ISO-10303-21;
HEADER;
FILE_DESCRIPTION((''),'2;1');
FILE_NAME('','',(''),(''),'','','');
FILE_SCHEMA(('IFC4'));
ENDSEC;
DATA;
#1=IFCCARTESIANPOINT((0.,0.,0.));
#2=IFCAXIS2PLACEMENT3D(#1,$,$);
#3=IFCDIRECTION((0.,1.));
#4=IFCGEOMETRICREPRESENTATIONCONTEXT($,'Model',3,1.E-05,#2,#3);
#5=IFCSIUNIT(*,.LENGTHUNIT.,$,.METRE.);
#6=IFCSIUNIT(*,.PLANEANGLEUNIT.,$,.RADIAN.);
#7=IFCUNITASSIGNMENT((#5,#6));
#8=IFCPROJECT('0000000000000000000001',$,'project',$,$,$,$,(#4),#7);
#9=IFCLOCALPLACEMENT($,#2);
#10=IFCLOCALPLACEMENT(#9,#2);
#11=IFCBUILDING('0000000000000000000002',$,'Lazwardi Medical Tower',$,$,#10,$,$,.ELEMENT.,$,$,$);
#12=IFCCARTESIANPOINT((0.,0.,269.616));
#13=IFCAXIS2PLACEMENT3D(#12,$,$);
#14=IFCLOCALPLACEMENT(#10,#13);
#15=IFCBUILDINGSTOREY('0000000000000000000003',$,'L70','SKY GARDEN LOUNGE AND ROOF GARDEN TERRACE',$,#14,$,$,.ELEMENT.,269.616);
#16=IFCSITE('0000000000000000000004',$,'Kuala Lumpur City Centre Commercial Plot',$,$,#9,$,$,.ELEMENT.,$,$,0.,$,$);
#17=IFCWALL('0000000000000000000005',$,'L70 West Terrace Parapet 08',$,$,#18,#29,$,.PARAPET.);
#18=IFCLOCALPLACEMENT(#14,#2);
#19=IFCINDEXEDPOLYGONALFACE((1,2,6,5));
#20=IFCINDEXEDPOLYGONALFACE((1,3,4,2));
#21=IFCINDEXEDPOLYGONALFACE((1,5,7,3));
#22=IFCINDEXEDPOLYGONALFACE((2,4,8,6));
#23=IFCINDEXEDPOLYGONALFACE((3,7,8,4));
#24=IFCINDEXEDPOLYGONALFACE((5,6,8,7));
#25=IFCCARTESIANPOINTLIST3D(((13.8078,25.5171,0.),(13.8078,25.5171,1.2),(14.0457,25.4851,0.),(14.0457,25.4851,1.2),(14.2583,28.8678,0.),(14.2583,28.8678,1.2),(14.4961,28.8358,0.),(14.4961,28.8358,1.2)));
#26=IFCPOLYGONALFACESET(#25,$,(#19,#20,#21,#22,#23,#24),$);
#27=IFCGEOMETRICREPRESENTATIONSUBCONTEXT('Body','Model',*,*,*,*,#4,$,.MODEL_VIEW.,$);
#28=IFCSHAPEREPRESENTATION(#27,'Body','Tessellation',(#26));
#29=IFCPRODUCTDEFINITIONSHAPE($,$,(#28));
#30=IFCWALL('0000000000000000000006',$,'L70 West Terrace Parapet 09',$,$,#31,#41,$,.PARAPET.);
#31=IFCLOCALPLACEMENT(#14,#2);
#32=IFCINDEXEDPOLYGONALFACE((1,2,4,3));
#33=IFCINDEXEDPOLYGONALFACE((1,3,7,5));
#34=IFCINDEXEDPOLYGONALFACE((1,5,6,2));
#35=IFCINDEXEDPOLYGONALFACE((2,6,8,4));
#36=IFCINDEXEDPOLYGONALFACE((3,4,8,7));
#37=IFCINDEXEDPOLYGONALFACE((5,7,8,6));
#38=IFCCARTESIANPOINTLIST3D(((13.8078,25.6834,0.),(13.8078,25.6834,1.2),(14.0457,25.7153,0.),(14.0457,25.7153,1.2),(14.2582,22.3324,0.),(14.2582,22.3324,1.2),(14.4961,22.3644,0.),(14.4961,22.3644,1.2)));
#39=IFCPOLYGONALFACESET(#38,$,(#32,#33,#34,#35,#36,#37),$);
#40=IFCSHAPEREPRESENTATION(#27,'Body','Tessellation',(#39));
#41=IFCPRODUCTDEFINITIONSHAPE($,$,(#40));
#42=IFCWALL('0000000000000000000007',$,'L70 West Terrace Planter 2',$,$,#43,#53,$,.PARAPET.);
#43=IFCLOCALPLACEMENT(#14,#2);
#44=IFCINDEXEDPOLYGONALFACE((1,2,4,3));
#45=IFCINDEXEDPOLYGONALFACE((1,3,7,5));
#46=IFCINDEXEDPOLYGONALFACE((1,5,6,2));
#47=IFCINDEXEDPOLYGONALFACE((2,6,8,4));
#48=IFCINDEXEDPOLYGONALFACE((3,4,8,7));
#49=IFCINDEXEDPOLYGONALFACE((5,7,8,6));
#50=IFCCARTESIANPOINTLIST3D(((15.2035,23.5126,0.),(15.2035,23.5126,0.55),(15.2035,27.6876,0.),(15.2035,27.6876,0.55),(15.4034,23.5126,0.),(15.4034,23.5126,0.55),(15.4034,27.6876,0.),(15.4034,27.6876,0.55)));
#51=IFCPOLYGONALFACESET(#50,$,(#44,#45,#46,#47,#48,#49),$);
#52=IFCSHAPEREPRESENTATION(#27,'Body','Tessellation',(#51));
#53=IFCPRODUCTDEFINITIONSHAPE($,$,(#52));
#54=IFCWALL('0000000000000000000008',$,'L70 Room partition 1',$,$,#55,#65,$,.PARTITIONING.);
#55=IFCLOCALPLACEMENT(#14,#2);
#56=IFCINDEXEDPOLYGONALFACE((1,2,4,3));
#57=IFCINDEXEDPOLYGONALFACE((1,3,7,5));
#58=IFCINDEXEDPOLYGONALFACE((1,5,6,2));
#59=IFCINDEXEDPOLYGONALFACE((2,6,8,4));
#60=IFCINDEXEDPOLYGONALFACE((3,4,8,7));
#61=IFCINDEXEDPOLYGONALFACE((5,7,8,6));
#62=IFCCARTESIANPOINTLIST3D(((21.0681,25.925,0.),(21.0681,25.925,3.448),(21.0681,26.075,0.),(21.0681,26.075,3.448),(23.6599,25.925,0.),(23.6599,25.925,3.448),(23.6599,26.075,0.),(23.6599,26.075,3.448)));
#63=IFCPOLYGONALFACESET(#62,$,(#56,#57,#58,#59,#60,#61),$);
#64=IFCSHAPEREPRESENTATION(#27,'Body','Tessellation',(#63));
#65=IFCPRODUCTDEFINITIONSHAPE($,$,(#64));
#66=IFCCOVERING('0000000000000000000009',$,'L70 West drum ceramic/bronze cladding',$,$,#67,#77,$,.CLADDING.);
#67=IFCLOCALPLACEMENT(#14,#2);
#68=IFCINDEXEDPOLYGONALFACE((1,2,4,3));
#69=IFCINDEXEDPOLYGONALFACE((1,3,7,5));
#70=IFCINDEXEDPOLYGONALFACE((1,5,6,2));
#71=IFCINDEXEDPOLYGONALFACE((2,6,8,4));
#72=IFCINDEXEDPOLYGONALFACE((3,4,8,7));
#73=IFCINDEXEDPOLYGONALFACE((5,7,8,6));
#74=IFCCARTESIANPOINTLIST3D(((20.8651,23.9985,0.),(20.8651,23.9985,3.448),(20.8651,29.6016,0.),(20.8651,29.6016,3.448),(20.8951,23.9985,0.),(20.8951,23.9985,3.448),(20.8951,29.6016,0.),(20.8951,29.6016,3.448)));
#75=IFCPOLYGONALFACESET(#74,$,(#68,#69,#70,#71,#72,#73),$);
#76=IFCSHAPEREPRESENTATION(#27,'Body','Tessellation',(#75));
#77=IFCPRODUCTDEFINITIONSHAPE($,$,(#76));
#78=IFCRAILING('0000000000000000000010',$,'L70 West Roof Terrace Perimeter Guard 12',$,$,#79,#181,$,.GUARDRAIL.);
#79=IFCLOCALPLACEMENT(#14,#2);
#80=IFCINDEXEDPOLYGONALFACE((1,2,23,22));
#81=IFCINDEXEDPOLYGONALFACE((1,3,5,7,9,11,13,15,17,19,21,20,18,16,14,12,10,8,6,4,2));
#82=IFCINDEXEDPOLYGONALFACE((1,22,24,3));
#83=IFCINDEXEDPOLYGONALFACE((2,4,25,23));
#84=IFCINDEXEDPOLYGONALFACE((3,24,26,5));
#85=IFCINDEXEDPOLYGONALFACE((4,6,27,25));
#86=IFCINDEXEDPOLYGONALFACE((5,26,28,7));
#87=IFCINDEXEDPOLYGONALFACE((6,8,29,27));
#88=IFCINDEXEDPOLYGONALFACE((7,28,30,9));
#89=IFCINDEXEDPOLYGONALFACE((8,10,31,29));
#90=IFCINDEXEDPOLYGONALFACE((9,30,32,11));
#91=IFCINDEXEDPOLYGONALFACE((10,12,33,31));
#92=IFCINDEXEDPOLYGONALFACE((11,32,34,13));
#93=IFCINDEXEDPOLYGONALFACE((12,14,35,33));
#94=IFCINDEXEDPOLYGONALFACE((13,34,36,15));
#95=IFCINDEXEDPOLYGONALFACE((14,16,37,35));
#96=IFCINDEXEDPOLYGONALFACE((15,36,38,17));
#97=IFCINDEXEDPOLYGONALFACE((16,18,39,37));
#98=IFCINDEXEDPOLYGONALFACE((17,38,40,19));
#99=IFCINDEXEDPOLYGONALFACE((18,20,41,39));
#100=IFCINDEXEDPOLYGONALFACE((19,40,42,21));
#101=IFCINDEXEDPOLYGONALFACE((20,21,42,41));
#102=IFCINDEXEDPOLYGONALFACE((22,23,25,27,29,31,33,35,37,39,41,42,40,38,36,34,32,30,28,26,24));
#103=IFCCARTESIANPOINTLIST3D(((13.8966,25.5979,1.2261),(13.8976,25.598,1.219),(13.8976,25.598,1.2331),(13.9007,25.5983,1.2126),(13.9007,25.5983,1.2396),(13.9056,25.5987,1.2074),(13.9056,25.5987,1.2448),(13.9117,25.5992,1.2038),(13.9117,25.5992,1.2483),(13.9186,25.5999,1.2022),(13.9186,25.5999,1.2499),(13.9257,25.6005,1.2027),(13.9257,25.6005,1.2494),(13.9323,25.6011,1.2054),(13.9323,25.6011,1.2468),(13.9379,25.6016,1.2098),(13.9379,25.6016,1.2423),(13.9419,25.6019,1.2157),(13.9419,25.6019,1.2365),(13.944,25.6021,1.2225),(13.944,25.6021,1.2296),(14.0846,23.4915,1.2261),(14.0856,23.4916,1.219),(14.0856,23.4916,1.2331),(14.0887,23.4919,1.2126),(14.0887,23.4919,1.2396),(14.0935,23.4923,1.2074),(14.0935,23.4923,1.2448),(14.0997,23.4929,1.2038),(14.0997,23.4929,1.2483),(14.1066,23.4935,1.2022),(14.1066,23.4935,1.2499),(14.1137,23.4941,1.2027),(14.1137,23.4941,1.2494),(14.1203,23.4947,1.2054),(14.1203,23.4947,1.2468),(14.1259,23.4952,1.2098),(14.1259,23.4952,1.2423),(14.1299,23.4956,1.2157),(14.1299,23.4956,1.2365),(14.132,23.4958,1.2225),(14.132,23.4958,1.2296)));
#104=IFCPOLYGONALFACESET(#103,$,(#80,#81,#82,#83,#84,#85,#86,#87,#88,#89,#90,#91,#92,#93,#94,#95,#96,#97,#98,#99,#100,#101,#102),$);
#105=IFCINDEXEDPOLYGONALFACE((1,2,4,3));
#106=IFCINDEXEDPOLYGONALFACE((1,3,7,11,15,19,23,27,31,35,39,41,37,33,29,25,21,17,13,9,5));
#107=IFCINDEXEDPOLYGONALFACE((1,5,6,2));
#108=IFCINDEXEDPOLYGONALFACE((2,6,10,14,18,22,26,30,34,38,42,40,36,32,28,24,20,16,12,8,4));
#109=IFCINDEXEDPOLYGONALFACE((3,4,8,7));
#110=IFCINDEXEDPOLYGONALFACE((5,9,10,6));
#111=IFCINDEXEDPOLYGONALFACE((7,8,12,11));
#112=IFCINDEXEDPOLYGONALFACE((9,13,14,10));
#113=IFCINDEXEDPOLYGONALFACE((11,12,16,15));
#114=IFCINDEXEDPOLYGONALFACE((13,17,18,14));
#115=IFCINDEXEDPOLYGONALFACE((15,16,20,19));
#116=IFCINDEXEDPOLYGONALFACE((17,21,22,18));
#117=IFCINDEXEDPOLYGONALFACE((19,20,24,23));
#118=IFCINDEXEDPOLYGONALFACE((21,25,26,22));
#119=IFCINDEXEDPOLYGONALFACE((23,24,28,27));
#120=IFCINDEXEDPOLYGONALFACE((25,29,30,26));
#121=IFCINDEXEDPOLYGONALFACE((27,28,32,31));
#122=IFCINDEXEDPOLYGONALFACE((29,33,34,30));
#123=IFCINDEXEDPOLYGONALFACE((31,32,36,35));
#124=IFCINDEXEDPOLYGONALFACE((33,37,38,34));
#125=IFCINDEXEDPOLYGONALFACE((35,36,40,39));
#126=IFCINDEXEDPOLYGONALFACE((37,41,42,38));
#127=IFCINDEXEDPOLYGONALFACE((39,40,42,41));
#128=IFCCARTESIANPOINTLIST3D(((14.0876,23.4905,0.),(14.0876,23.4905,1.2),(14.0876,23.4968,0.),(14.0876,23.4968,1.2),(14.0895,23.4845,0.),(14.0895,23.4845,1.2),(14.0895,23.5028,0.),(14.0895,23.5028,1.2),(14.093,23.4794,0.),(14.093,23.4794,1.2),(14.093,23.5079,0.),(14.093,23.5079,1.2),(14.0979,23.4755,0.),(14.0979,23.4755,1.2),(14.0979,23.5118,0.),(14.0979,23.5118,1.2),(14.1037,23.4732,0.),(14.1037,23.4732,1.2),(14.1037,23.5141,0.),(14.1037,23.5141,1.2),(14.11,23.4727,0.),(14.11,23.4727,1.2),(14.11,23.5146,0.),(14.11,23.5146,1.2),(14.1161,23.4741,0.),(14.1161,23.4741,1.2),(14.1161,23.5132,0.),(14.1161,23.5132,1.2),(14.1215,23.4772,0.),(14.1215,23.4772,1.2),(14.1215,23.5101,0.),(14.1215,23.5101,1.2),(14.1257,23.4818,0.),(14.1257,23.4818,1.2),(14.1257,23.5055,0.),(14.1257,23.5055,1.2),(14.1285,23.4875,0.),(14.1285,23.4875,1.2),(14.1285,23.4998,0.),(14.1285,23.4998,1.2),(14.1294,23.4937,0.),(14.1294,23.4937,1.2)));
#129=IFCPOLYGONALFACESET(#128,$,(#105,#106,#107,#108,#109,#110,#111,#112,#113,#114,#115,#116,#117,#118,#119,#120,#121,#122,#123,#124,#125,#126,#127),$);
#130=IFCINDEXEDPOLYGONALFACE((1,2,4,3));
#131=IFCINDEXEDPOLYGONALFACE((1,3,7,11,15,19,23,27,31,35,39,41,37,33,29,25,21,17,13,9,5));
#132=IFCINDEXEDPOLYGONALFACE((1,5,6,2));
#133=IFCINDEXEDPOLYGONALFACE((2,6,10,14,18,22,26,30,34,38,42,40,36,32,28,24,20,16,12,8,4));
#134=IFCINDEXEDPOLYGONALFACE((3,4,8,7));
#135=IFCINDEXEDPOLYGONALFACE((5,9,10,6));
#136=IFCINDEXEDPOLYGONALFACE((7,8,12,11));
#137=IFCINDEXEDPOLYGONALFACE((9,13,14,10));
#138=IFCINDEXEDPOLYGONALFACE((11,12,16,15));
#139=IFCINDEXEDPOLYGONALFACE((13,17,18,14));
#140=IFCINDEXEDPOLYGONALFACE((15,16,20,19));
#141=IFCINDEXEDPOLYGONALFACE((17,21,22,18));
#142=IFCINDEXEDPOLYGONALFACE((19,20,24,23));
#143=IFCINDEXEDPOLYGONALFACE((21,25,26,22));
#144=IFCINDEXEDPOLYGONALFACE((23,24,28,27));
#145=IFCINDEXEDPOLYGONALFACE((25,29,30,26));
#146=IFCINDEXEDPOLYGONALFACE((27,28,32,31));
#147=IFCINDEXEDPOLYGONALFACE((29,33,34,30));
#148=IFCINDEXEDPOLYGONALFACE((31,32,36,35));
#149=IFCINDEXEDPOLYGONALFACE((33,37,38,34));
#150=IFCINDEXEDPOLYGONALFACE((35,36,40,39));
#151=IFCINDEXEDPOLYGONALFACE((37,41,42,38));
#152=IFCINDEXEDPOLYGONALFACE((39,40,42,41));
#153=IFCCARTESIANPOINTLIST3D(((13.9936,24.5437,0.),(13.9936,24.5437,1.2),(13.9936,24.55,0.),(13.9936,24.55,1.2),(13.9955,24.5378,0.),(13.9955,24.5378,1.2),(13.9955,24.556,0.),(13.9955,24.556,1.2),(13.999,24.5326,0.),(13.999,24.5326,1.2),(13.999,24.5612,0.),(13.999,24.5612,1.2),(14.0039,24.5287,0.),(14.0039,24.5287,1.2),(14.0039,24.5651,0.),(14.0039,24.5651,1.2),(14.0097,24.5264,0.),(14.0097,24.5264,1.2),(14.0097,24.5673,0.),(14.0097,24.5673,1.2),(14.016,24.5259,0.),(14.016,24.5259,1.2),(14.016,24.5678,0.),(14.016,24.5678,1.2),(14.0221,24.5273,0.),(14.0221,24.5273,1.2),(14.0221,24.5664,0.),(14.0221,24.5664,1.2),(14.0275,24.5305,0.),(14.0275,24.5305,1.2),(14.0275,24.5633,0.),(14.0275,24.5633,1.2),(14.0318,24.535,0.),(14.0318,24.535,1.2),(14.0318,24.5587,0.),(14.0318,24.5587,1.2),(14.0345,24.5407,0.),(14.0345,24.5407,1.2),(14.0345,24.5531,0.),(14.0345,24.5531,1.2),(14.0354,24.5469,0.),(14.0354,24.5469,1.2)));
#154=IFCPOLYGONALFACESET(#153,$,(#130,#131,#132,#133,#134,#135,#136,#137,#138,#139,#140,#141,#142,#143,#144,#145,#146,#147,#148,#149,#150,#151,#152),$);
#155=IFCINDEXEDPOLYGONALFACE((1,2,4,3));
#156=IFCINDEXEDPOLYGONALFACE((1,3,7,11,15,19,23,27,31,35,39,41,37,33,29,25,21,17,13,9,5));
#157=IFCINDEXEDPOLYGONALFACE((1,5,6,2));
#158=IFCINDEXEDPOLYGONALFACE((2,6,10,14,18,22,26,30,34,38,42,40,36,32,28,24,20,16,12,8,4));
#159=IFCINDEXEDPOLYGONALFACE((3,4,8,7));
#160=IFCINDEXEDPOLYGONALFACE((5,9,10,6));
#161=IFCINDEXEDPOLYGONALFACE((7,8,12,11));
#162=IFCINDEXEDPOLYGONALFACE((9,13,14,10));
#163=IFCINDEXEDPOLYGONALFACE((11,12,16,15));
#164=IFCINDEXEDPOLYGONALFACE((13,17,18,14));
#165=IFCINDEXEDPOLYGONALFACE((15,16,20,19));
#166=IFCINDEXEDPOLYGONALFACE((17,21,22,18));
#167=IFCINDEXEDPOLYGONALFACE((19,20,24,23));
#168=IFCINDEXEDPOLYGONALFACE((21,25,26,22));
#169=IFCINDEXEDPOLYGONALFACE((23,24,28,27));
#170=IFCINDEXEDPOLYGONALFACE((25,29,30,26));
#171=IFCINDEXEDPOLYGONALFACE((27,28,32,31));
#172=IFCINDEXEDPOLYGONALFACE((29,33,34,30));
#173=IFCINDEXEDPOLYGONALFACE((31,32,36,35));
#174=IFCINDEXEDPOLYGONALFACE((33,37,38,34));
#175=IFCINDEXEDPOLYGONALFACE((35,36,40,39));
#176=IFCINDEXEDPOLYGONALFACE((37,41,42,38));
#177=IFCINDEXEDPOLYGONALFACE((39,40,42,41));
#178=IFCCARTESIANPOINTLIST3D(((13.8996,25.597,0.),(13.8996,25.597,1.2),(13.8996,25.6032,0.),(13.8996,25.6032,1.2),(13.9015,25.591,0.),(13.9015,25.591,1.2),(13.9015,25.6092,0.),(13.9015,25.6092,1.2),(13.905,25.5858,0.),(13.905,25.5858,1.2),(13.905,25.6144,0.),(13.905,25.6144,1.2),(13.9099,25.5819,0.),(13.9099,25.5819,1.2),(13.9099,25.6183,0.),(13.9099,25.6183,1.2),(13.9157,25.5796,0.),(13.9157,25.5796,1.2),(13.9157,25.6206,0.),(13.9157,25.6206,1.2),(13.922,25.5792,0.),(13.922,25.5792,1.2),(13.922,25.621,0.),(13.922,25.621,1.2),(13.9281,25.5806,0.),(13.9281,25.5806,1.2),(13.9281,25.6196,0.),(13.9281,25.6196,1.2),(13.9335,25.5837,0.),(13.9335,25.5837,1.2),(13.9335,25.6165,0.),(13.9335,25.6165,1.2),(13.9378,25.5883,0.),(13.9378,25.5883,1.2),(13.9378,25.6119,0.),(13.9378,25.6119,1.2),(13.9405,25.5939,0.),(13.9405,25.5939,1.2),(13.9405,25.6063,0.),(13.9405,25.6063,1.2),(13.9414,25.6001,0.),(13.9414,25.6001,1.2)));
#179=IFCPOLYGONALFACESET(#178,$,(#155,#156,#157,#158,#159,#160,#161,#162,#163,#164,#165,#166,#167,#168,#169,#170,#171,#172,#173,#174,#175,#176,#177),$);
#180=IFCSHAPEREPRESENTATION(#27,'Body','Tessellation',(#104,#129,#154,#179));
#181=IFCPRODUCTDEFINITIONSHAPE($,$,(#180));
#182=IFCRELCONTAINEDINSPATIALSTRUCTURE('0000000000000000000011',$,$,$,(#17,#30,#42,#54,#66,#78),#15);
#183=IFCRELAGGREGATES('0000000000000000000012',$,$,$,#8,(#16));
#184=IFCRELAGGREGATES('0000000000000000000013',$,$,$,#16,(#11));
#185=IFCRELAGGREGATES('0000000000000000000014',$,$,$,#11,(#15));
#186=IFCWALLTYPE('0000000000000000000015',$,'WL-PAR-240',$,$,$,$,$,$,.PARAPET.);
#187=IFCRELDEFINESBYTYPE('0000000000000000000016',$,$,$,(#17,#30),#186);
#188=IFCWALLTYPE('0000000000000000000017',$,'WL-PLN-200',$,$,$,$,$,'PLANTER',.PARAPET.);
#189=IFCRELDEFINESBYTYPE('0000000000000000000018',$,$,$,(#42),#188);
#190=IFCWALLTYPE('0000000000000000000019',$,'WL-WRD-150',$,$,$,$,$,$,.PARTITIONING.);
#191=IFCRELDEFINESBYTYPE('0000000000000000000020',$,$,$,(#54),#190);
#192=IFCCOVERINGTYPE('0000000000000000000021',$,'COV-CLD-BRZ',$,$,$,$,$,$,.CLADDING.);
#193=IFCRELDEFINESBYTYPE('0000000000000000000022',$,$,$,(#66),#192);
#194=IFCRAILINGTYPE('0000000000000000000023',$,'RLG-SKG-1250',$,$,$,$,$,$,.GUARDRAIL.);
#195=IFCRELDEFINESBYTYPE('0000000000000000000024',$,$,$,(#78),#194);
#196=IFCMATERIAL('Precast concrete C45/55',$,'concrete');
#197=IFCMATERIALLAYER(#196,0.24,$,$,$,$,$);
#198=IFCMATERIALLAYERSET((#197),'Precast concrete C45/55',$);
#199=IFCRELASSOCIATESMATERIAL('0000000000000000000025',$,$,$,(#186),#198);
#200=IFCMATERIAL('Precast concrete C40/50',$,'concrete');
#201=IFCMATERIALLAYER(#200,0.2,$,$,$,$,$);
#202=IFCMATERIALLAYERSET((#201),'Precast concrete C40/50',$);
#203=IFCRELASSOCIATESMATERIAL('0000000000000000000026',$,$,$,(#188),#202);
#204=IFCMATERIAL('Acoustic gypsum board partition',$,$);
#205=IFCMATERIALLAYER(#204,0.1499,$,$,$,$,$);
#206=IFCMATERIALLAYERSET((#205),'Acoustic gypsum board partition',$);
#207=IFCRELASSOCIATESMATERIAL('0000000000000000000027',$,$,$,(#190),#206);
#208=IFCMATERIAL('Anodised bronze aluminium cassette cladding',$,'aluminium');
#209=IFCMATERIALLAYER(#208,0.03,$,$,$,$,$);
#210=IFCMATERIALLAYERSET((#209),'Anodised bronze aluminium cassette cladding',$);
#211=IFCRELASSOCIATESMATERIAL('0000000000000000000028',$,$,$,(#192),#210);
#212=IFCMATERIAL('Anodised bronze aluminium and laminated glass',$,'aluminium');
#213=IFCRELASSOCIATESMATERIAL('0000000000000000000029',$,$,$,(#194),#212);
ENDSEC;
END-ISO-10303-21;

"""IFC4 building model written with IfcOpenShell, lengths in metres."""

from ifc_helpers import new_model, si_unit, direction, frame, frame_2d, origin, origin_2d, place, context, subcontext, project, spatial, rectangle, circle, extrude, material, layer, layer_set, type_object, element, save


model = new_model("IFC4")

# Units and contexts
model_context = context("Model", 3, precision=1e-05, world=origin(), true_north=direction((0.0, 1.0)))
body_context = subcontext(model_context, "Body", "Model", "MODEL_VIEW")
ifc_project = project(units=[si_unit("LENGTHUNIT", "METRE"), si_unit("PLANEANGLEUNIT", "RADIAN")], contexts=[model_context])

# Site, building, storey
site_placement = place(None, origin())
site = spatial("IfcSite", under=ifc_project, at=site_placement, Name="Kuala Lumpur City Centre Commercial Plot", CompositionType="ELEMENT", RefElevation=0.0)
building_placement = place(site_placement, origin())
building = spatial("IfcBuilding", under=site, at=building_placement, Name="Lazwardi Medical Tower", CompositionType="ELEMENT")
storey_placement = place(building_placement, frame((0.0, 0.0, 269.616)))
storey = spatial("IfcBuildingStorey", under=building, at=storey_placement, Name="L70", Description="SKY GARDEN LOUNGE AND ROOF GARDEN TERRACE", CompositionType="ELEMENT", Elevation=269.616)

# Shared definitions
ifc_material_1 = material(Name="Precast concrete C45/55", Category="concrete")

# Shared definitions
ifc_material_2 = material(Name="Anodised bronze aluminium and laminated glass", Category="aluminium")

# Walls
ifc_layer_1 = layer(ifc_material_1, 0.24)
ifc_layer_set_1 = layer_set([ifc_layer_1], Name="Precast concrete C45/55")
wall_type_1 = type_object("IfcWallType", Name="WL-PAR-240", PredefinedType="PARAPET", material=ifc_layer_set_1)
wall_1_placement = place(storey_placement, frame((14.3772, 28.8518, 0.0), z_axis=(0.0, 0.0, 1.0), x_axis=(-0.133228, -0.991085, 0.0)))
element("IfcWall", 1, at=wall_1_placement, inside=storey, type_object=wall_type_1, Name="L70 West Terrace Parapet 08", PredefinedType="PARAPET", context=body_context, shape_type="SweptSolid", body=[
    extrude(rectangle(XDim=3.3809, YDim=0.24, at=frame_2d((1.6904, 0.0))), origin(), (0.0, 0.0, 1.0), 1.2),
])
wall_2_placement = place(storey_placement, frame((13.9268, 25.6992, 0.0), z_axis=(0.0, 0.0, 1.0), x_axis=(0.133218, -0.991087, 0.0)))
element("IfcWall", 2, at=wall_2_placement, inside=storey, type_object=wall_type_1, Name="L70 West Terrace Parapet 09", PredefinedType="PARAPET", context=body_context, shape_type="SweptSolid", body=[
    extrude(rectangle(XDim=3.3811, YDim=0.24, at=frame_2d((1.6904, 0.0))), origin(), (0.0, 0.0, 1.0), 1.2),
])
ifc_material_3 = material(Name="Precast concrete C40/50", Category="concrete")
ifc_layer_2 = layer(ifc_material_3, 0.2)
ifc_layer_set_2 = layer_set([ifc_layer_2], Name="Precast concrete C40/50")
wall_type_2 = type_object("IfcWallType", Name="WL-PLN-200", ElementType="PLANTER", PredefinedType="PARAPET", material=ifc_layer_set_2)
wall_3_placement = place(storey_placement, frame((15.3035, 27.6875, 0.0), z_axis=(0.0, 0.0, 1.0), x_axis=(0.0, -1.0, 0.0)))
element("IfcWall", 3, at=wall_3_placement, inside=storey, type_object=wall_type_2, Name="L70 West Terrace Planter 2", PredefinedType="PARAPET", context=body_context, shape_type="SweptSolid", body=[
    extrude(rectangle(XDim=4.175, YDim=0.2, at=frame_2d((2.0874, 0.0))), origin(), (0.0, 0.0, 1.0), 0.55),
])
ifc_material_4 = material(Name="Acoustic gypsum board partition")
ifc_layer_3 = layer(ifc_material_4, 0.1499)
ifc_layer_set_3 = layer_set([ifc_layer_3], Name="Acoustic gypsum board partition")
wall_type_3 = type_object("IfcWallType", Name="WL-WRD-150", PredefinedType="PARTITIONING", material=ifc_layer_set_3)
wall_4_placement = place(storey_placement, frame((21.0681, 26.0, 0.0), z_axis=(0.0, 0.0, 1.0), x_axis=(1.0, 0.0, 0.0)))
element("IfcWall", 4, at=wall_4_placement, inside=storey, type_object=wall_type_3, Name="L70 Room partition 1", PredefinedType="PARTITIONING", context=body_context, shape_type="SweptSolid", body=[
    extrude(rectangle(XDim=2.5918, YDim=0.1499, at=frame_2d((1.2959, 0.0))), origin(), (0.0, 0.0, 1.0), 3.448),
])

# Covering
ifc_material_5 = material(Name="Anodised bronze aluminium cassette cladding", Category="aluminium")
ifc_layer_4 = layer(ifc_material_5, 0.03)
ifc_layer_set_4 = layer_set([ifc_layer_4], Name="Anodised bronze aluminium cassette cladding")
covering_type = type_object("IfcCoveringType", Name="COV-CLD-BRZ", PredefinedType="CLADDING", material=ifc_layer_set_4)
covering_placement = place(storey_placement, frame((20.8801, 26.8, 0.0), z_axis=(0.0, 0.0, 1.0), x_axis=(0.0, -1.0, 0.0)))
element("IfcCovering", 5, at=covering_placement, inside=storey, type_object=covering_type, Name="L70 West drum ceramic/bronze cladding", PredefinedType="CLADDING", context=body_context, shape_type="SweptSolid", body=[
    extrude(rectangle(XDim=5.603, YDim=0.03, at=origin_2d()), origin(), (0.0, 0.0, 1.0), 3.448),
])

# Railing
railing_type = type_object("IfcRailingType", Name="RLG-SKG-1250", PredefinedType="GUARDRAIL", material=ifc_material_2)
railing_1_placement = place(storey_placement, frame((14.1084, 23.4937, 0.0)))
element("IfcRailing", 6, at=railing_1_placement, inside=storey, type_object=railing_type, Name="L70 West Roof Terrace Perimeter Guard 12", PredefinedType="GUARDRAIL", context=body_context, shape_type="SweptSolid", body=[
    extrude(circle(Radius=0.0239, at=origin_2d()), frame((0.0, 0.0, 1.2261), z_axis=(-0.088891, 0.996041, 0.0), x_axis=(-0.996041, -0.088891, 0.0)), (0.0, 0.0, 1.0), 2.1147),
    extrude(circle(Radius=0.021, at=origin_2d()), origin(), (0.0, 0.0, 1.0), 1.2),
    extrude(circle(Radius=0.021, at=origin_2d()), frame((-0.094, 1.0532, 0.0)), (0.0, 0.0, 1.0), 1.2),
    extrude(circle(Radius=0.021, at=origin_2d()), frame((-0.188, 2.1064, 0.0)), (0.0, 0.0, 1.0), 1.2),
])

save(model, "model.ifc")
